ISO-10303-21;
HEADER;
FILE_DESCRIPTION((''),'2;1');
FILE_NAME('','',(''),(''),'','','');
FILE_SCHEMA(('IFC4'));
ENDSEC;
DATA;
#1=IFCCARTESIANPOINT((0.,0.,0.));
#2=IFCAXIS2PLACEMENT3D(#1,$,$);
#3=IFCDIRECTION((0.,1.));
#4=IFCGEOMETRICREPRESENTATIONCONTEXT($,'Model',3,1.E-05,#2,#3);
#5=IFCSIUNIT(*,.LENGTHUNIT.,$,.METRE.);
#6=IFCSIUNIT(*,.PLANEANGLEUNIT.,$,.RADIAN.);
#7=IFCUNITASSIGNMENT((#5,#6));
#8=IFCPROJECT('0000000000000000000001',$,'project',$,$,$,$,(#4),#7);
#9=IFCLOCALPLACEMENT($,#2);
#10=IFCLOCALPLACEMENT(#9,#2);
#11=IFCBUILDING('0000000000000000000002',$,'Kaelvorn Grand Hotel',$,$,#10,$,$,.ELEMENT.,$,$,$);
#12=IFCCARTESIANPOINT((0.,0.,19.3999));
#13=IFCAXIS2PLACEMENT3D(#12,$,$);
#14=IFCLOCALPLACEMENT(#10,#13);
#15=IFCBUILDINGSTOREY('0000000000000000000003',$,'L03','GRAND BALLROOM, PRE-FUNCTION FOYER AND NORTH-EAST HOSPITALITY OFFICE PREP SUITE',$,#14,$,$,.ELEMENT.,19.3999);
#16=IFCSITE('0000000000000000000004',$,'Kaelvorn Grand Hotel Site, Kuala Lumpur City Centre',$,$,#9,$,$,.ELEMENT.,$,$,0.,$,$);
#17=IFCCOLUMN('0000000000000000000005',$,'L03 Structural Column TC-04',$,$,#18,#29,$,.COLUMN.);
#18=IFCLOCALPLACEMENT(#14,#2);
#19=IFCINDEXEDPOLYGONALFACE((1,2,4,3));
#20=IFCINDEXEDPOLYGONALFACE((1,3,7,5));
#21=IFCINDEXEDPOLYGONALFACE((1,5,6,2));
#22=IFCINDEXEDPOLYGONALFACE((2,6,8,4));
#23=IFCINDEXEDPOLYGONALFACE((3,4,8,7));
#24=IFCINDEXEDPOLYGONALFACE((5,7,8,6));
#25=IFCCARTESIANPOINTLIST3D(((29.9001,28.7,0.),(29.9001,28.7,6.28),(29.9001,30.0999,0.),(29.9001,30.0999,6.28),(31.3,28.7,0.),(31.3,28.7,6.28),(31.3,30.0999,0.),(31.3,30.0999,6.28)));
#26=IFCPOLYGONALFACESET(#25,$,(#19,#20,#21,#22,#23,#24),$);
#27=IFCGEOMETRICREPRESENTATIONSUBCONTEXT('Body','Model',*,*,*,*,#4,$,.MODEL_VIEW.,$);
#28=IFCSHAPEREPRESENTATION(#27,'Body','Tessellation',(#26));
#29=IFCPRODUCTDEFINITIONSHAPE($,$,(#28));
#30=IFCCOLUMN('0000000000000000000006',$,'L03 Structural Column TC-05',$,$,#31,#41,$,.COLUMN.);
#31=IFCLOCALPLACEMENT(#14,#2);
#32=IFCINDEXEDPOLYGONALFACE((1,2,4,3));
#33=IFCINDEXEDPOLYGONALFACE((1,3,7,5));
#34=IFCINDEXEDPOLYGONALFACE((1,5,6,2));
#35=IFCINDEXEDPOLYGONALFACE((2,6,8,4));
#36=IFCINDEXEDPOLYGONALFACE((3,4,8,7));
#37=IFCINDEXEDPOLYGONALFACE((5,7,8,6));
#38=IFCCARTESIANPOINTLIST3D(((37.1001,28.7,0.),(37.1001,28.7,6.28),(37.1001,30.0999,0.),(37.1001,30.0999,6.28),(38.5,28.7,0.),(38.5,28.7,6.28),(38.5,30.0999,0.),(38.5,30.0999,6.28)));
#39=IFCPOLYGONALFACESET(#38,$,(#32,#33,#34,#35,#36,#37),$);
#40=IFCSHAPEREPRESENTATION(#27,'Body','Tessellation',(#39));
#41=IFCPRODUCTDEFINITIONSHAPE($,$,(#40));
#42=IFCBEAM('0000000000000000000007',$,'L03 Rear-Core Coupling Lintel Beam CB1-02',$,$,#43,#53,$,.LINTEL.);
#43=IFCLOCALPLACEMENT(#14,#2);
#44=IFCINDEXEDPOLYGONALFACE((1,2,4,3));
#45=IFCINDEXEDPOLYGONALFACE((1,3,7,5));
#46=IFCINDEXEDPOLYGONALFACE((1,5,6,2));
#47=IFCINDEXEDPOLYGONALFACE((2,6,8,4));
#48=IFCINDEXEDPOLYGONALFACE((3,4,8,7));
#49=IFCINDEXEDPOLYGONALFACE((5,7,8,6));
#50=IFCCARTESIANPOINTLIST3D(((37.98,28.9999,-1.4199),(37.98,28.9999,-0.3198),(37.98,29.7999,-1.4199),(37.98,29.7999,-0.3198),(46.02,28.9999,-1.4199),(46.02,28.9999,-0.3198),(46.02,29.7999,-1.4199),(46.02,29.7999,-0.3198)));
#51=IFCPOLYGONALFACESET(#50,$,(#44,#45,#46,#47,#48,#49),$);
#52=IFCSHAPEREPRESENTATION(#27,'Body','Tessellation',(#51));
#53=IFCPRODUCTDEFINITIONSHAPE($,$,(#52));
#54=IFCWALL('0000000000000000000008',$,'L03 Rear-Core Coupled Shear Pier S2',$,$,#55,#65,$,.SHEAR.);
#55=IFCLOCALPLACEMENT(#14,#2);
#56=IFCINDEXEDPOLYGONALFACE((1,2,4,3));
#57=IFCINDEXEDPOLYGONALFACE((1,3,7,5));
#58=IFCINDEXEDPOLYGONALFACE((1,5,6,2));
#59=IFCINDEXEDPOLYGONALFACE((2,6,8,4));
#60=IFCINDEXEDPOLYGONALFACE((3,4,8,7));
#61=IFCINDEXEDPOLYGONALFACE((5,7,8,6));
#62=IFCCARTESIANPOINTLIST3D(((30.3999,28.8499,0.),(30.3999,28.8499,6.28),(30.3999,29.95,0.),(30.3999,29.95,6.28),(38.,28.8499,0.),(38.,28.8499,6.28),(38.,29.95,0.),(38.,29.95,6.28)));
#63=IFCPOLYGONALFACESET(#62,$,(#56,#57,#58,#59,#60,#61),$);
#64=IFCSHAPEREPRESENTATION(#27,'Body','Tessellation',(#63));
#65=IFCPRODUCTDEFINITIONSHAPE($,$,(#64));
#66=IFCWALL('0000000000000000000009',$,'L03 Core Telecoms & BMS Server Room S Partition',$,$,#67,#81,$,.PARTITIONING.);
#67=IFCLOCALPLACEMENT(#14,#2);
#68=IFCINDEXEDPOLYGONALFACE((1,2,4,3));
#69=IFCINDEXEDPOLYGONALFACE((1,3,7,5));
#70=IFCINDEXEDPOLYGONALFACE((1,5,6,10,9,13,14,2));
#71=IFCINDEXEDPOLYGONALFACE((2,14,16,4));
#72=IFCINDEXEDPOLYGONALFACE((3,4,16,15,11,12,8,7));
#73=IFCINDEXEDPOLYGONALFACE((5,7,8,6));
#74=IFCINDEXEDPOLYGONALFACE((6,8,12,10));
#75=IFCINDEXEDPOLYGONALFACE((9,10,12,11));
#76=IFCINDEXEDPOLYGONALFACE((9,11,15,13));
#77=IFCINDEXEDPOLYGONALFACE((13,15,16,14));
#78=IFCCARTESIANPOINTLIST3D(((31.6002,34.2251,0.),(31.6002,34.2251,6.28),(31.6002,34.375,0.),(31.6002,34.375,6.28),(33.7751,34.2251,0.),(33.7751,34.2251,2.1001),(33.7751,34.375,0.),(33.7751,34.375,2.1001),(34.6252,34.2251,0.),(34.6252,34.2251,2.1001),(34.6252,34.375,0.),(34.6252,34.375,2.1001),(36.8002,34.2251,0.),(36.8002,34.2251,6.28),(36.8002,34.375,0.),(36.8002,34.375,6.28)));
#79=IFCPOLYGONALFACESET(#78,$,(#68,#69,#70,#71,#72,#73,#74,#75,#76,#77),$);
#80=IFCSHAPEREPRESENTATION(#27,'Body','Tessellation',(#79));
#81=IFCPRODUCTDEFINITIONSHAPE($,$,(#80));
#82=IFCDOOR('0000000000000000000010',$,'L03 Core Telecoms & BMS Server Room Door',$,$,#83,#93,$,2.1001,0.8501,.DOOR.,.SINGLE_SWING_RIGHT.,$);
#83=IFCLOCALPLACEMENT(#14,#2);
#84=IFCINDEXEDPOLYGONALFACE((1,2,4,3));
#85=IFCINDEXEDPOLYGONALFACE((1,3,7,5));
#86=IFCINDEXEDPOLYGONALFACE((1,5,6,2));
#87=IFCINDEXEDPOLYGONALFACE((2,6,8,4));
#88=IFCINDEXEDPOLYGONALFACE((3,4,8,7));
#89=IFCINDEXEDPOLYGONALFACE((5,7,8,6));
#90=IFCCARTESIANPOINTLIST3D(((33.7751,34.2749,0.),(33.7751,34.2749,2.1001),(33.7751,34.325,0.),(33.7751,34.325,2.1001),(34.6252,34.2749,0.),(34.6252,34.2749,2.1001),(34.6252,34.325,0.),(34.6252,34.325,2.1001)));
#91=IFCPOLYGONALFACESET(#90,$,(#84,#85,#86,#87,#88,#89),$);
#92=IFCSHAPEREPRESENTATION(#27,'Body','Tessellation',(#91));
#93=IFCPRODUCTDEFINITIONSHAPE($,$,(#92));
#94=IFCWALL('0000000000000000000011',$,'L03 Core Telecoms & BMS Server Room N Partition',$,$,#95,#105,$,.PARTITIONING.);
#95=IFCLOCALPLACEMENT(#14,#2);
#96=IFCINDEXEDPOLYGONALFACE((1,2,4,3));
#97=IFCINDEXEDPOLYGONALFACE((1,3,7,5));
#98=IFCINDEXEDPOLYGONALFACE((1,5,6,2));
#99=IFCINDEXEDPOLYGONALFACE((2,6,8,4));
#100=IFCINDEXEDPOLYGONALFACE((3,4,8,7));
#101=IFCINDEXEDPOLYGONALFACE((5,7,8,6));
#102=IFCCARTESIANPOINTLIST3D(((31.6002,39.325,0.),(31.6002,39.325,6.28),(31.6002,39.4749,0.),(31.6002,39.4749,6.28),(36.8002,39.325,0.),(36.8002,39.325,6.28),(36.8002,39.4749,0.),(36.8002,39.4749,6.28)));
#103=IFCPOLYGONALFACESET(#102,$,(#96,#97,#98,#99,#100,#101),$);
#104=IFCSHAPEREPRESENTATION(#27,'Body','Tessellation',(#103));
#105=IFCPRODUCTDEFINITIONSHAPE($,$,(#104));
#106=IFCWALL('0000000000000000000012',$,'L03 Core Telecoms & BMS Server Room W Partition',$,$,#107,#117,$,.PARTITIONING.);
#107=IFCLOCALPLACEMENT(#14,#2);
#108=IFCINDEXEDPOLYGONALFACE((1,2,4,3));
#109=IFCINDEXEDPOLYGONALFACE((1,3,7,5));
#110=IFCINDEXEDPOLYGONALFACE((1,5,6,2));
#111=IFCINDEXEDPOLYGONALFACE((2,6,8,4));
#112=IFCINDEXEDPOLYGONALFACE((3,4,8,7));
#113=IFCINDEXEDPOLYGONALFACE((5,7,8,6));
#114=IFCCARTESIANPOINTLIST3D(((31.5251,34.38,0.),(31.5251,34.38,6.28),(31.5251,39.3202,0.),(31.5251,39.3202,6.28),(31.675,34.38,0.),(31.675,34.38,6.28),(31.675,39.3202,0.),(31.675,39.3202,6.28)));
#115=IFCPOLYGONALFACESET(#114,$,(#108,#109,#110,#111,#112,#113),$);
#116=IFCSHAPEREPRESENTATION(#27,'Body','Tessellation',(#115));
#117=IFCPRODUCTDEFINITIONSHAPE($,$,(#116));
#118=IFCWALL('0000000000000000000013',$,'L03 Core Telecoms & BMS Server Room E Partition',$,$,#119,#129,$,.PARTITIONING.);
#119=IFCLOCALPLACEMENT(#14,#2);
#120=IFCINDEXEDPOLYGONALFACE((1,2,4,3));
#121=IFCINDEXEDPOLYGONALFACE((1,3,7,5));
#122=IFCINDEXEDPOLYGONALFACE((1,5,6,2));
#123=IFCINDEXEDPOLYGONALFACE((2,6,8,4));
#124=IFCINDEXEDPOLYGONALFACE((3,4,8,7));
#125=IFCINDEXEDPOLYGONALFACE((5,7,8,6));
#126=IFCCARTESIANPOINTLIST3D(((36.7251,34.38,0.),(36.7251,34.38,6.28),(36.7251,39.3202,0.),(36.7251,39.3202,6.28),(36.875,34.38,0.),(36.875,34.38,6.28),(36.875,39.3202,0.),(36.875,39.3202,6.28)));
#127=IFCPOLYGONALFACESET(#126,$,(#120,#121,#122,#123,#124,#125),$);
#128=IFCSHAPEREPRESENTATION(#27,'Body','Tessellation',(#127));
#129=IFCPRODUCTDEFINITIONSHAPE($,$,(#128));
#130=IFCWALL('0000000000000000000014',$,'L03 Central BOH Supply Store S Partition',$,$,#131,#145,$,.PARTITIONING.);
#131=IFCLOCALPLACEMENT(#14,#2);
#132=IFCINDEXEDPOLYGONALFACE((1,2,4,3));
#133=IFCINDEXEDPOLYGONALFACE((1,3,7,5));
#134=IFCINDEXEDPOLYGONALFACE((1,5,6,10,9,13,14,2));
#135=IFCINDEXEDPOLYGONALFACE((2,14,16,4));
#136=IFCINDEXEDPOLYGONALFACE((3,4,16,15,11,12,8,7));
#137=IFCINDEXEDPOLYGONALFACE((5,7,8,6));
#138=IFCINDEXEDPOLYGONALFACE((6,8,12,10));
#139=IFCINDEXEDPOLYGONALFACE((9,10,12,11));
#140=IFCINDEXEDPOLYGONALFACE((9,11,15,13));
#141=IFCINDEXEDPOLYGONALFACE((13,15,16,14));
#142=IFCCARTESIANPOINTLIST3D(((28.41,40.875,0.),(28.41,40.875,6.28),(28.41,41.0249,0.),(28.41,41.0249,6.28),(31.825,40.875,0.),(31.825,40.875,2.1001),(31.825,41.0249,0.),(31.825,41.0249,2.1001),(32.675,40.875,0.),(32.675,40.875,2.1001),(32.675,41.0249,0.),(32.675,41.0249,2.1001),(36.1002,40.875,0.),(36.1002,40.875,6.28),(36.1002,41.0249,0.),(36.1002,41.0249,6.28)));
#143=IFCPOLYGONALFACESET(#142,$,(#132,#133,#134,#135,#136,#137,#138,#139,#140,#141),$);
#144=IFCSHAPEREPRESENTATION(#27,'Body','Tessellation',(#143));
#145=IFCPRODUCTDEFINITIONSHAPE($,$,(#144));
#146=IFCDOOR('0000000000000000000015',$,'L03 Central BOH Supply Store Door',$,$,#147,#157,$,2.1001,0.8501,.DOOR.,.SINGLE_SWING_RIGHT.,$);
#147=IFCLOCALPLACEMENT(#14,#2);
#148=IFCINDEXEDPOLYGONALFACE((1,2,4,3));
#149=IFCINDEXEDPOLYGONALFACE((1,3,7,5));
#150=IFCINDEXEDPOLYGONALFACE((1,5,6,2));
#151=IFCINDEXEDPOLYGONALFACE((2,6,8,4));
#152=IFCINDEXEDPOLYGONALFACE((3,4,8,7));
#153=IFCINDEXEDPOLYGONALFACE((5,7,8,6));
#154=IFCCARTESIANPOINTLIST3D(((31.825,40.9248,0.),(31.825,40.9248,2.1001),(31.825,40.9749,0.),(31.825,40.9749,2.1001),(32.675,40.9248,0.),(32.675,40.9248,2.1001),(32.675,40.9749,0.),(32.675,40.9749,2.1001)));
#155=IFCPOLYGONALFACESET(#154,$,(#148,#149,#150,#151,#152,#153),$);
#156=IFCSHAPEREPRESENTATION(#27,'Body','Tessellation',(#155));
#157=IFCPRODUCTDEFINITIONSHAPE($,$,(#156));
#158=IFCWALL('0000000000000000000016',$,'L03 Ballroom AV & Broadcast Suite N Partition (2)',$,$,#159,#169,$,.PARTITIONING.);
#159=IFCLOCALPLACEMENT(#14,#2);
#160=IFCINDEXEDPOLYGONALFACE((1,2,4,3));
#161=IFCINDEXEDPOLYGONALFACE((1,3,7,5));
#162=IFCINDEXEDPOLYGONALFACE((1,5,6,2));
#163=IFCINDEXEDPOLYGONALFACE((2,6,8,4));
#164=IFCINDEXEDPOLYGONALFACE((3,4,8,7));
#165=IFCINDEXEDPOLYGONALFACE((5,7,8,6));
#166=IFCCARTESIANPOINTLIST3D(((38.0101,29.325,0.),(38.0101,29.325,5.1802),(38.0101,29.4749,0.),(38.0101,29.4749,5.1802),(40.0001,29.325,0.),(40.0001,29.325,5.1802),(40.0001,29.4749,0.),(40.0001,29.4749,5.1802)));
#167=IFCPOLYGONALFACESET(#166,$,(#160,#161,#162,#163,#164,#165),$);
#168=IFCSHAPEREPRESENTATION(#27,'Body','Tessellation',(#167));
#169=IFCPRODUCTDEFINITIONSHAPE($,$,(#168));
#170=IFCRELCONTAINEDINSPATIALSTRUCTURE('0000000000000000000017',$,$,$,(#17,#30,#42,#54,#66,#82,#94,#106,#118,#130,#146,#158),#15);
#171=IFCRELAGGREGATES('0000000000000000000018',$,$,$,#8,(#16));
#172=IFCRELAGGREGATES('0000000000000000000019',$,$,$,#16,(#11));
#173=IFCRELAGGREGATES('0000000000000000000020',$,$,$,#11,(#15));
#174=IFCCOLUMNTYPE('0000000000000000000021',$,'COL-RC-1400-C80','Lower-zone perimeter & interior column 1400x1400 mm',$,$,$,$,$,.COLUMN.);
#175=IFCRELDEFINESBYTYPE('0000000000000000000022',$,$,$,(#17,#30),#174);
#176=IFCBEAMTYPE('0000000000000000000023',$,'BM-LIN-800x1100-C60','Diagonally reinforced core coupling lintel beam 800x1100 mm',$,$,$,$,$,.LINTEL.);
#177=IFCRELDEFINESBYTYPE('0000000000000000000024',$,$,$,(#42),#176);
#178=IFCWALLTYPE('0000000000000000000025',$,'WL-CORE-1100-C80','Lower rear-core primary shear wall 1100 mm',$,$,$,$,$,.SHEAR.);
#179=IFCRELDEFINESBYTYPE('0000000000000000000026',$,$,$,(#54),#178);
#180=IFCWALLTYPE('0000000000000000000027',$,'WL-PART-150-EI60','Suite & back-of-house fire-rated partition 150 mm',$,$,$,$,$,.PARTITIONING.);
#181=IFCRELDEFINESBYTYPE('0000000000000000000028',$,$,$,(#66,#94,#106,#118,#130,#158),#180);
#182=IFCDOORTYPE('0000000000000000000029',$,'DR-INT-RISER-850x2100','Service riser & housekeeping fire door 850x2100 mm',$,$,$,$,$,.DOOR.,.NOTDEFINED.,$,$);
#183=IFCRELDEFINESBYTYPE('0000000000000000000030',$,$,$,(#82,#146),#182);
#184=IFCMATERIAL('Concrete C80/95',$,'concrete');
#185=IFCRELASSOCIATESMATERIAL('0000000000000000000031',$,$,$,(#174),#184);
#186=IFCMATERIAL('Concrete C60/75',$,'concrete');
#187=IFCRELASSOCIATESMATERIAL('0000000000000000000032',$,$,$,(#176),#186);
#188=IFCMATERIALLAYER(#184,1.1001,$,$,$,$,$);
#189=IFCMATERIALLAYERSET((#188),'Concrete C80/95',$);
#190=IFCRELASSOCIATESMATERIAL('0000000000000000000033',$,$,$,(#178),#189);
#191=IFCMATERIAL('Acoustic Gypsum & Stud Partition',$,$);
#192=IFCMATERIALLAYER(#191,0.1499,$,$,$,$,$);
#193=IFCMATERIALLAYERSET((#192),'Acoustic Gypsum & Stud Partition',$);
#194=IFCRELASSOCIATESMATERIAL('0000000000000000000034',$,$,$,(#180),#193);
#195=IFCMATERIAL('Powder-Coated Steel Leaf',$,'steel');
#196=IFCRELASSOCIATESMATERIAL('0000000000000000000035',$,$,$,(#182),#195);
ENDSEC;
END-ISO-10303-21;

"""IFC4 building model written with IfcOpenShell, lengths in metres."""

from ifc_helpers import new_model, si_unit, direction, frame, frame_2d, origin, origin_2d, place, context, subcontext, project, spatial, rectangle, extrude, material, layer, layer_set, material_profile, profile_set, type_object, element, fill, save


model = new_model("IFC4")

# Units and contexts
model_context = context("Model", 3, precision=1e-05, world=origin(), true_north=direction((0.0, 1.0)))
body_context = subcontext(model_context, "Body", "Model", "MODEL_VIEW")
ifc_project = project(units=[si_unit("LENGTHUNIT", "METRE"), si_unit("PLANEANGLEUNIT", "RADIAN")], contexts=[model_context])

# Site, building, storey
site_placement = place(None, origin())
site = spatial("IfcSite", under=ifc_project, at=site_placement, Name="Kaelvorn Grand Hotel Site, Kuala Lumpur City Centre", CompositionType="ELEMENT", RefElevation=0.0)
building_placement = place(site_placement, origin())
building = spatial("IfcBuilding", under=site, at=building_placement, Name="Kaelvorn Grand Hotel", CompositionType="ELEMENT")
storey_placement = place(building_placement, frame((0.0, 0.0, 19.3999)))
storey = spatial("IfcBuildingStorey", under=building, at=storey_placement, Name="L03", Description="GRAND BALLROOM, PRE-FUNCTION FOYER AND NORTH-EAST HOSPITALITY OFFICE PREP SUITE", CompositionType="ELEMENT", Elevation=19.3999)

# Columns
ifc_material_1 = material(Name="Concrete C80/95", Category="concrete")
ifc_material_profile_1 = material_profile(ifc_material_1, rectangle(XDim=1.3999, YDim=1.3999, at=origin_2d()), Name="RC COL 1400x1400")
ifc_profile_set_1 = profile_set([ifc_material_profile_1], Name="Concrete C80/95")
column_type = type_object("IfcColumnType", Name="COL-RC-1400-C80", Description="Lower-zone perimeter & interior column 1400x1400 mm", PredefinedType="COLUMN", material=ifc_profile_set_1)
for number, where, z_axis, x_axis, name in (
    (1, (30.6001, 29.3999, 0.0), (0.0, 0.0, 1.0), (1.0, 0.0, 0.0), "L03 Structural Column TC-04"),
    (2, (37.8, 29.3999, 0.0), (0.0, 0.0, 1.0), (1.0, 0.0, 0.0), "L03 Structural Column TC-05"),
):
    element("IfcColumn", number, at=place(storey_placement, frame(where, z_axis=z_axis, x_axis=x_axis)), inside=storey, type_object=column_type, Name=name, PredefinedType="COLUMN", context=body_context, shape_type="SweptSolid", body=[
        extrude(rectangle(XDim=1.3999, YDim=1.3999, at=origin_2d()), origin(), (0.0, 0.0, 1.0), 6.28),
    ])

# Beam
ifc_material_2 = material(Name="Concrete C60/75", Category="concrete")
ifc_material_profile_2 = material_profile(ifc_material_2, rectangle(XDim=0.8, YDim=1.1001, at=origin_2d()), Name="RC LINTEL 800x1100")
ifc_profile_set_2 = profile_set([ifc_material_profile_2], Name="Concrete C60/75")
beam_type = type_object("IfcBeamType", Name="BM-LIN-800x1100-C60", Description="Diagonally reinforced core coupling lintel beam 800x1100 mm", PredefinedType="LINTEL", material=ifc_profile_set_2)
beam_placement = place(storey_placement, frame((37.98, 29.3999, -0.8699), z_axis=(1.0, 0.0, 0.0), x_axis=(0.0, 1.0, 0.0)))
element("IfcBeam", 3, at=beam_placement, inside=storey, type_object=beam_type, Name="L03 Rear-Core Coupling Lintel Beam CB1-02", PredefinedType="LINTEL", context=body_context, shape_type="SweptSolid", body=[
    extrude(rectangle(XDim=0.8, YDim=1.1001, at=origin_2d()), origin(), (0.0, 0.0, 1.0), 8.04),
])

# Wall
ifc_layer_1 = layer(ifc_material_1, 1.1001)
ifc_layer_set_1 = layer_set([ifc_layer_1], Name="Concrete C80/95")
wall_type_1 = type_object("IfcWallType", Name="WL-CORE-1100-C80", Description="Lower rear-core primary shear wall 1100 mm", PredefinedType="SHEAR", material=ifc_layer_set_1)
wall_1_placement = place(storey_placement, frame((30.3999, 29.3999, 0.0), z_axis=(0.0, 0.0, 1.0), x_axis=(1.0, 0.0, 0.0)))
element("IfcWall", 4, at=wall_1_placement, inside=storey, type_object=wall_type_1, Name="L03 Rear-Core Coupled Shear Pier S2", PredefinedType="SHEAR", context=body_context, shape_type="SweptSolid", body=[
    extrude(rectangle(XDim=7.6001, YDim=1.1001, at=frame_2d((3.8, 0.0))), origin(), (0.0, 0.0, 1.0), 6.28),
])

# Wall, opening, door
ifc_material_3 = material(Name="Acoustic Gypsum & Stud Partition")
ifc_layer_2 = layer(ifc_material_3, 0.1499)
ifc_layer_set_2 = layer_set([ifc_layer_2], Name="Acoustic Gypsum & Stud Partition")
wall_type_2 = type_object("IfcWallType", Name="WL-PART-150-EI60", Description="Suite & back-of-house fire-rated partition 150 mm", PredefinedType="PARTITIONING", material=ifc_layer_set_2)
wall_2_placement = place(storey_placement, frame((31.6001, 34.3, 0.0), z_axis=(0.0, 0.0, 1.0), x_axis=(1.0, 0.0, 0.0)))
wall_2 = element("IfcWall", 5, at=wall_2_placement, inside=storey, type_object=wall_type_2, Name="L03 Core Telecoms & BMS Server Room S Partition", PredefinedType="PARTITIONING", context=body_context, shape_type="SweptSolid", body=[
    extrude(rectangle(XDim=5.2, YDim=0.1499, at=frame_2d((2.6001, 0.0))), origin(), (0.0, 0.0, 1.0), 6.28),
])
opening_1_placement = place(wall_2_placement, frame((2.175, 0.0, 0.0)))
opening_1 = element("IfcOpeningElement", 6, at=opening_1_placement, cuts=wall_2, PredefinedType="OPENING", context=body_context, shape_type="SweptSolid", body=[
    extrude(rectangle(XDim=0.8501, YDim=2.1001, at=frame_2d((0.425, 1.05))), frame((0.0, 0.085, 0.0), z_axis=(0.0, -1.0, 0.0), x_axis=(1.0, 0.0, 0.0)), (0.0, 0.0, 1.0), 0.1699),
])
ifc_material_4 = material(Name="Powder-Coated Steel Leaf", Category="steel")
door_type_1 = type_object("IfcDoorType", Name="DR-INT-RISER-850x2100", Description="Service riser & housekeeping fire door 850x2100 mm", OperationType="NOTDEFINED", PredefinedType="DOOR", material=ifc_material_4)
door_1_placement = place(opening_1_placement, origin())
door_1 = element("IfcDoor", 7, at=door_1_placement, inside=storey, type_object=door_type_1, Name="L03 Core Telecoms & BMS Server Room Door", OperationType="SINGLE_SWING_RIGHT", OverallHeight=2.1001, OverallWidth=0.8501, PredefinedType="DOOR", context=body_context, shape_type="SweptSolid", body=[
    extrude(rectangle(XDim=0.8501, YDim=2.1001, at=frame_2d((0.425, 1.05))), frame((0.0, 0.0249, 0.0), z_axis=(0.0, -1.0, 0.0), x_axis=(1.0, 0.0, 0.0)), (0.0, 0.0, 1.0), 0.05),
])
fill(opening_1, door_1)

# Walls
wall_3_placement = place(storey_placement, frame((31.6001, 39.3999, 0.0), z_axis=(0.0, 0.0, 1.0), x_axis=(1.0, 0.0, 0.0)))
element("IfcWall", 8, at=wall_3_placement, inside=storey, type_object=wall_type_2, Name="L03 Core Telecoms & BMS Server Room N Partition", PredefinedType="PARTITIONING", context=body_context, shape_type="SweptSolid", body=[
    extrude(rectangle(XDim=5.2, YDim=0.1499, at=frame_2d((2.6001, 0.0))), origin(), (0.0, 0.0, 1.0), 6.28),
])
for number, where, z_axis, x_axis, name in (
    (9, (31.6001, 34.3799, 0.0), (0.0, 0.0, 1.0), (0.0, 1.0, 0.0), "L03 Core Telecoms & BMS Server Room W Partition"),
    (10, (36.8, 34.3799, 0.0), (0.0, 0.0, 1.0), (0.0, 1.0, 0.0), "L03 Core Telecoms & BMS Server Room E Partition"),
):
    element("IfcWall", number, at=place(storey_placement, frame(where, z_axis=z_axis, x_axis=x_axis)), inside=storey, type_object=wall_type_2, Name=name, PredefinedType="PARTITIONING", context=body_context, shape_type="SweptSolid", body=[
        extrude(rectangle(XDim=4.9402, YDim=0.1499, at=frame_2d((2.4702, 0.0))), origin(), (0.0, 0.0, 1.0), 6.28),
    ])

# Wall, opening, door
wall_4_placement = place(storey_placement, frame((28.4099, 40.95, 0.0), z_axis=(0.0, 0.0, 1.0), x_axis=(1.0, 0.0, 0.0)))
wall_4 = element("IfcWall", 11, at=wall_4_placement, inside=storey, type_object=wall_type_2, Name="L03 Central BOH Supply Store S Partition", PredefinedType="PARTITIONING", context=body_context, shape_type="SweptSolid", body=[
    extrude(rectangle(XDim=7.6902, YDim=0.1499, at=frame_2d((3.8452, 0.0))), origin(), (0.0, 0.0, 1.0), 6.28),
])
opening_2_placement = place(wall_4_placement, frame((3.415, 0.0, 0.0)))
opening_2 = element("IfcOpeningElement", 12, at=opening_2_placement, cuts=wall_4, PredefinedType="OPENING", context=body_context, shape_type="SweptSolid", body=[
    extrude(rectangle(XDim=0.8501, YDim=2.1001, at=frame_2d((0.425, 1.05))), frame((0.0, 0.085, 0.0), z_axis=(0.0, -1.0, 0.0), x_axis=(1.0, 0.0, 0.0)), (0.0, 0.0, 1.0), 0.1699),
])
door_2_placement = place(opening_2_placement, origin())
door_2 = element("IfcDoor", 13, at=door_2_placement, inside=storey, type_object=door_type_1, Name="L03 Central BOH Supply Store Door", OperationType="SINGLE_SWING_RIGHT", OverallHeight=2.1001, OverallWidth=0.8501, PredefinedType="DOOR", context=body_context, shape_type="SweptSolid", body=[
    extrude(rectangle(XDim=0.8501, YDim=2.1001, at=frame_2d((0.425, 1.05))), frame((0.0, 0.0249, 0.0), z_axis=(0.0, -1.0, 0.0), x_axis=(1.0, 0.0, 0.0)), (0.0, 0.0, 1.0), 0.05),
])
fill(opening_2, door_2)

# Wall
wall_5_placement = place(storey_placement, frame((38.01, 29.3999, 0.0), z_axis=(0.0, 0.0, 1.0), x_axis=(1.0, 0.0, 0.0)))
element("IfcWall", 14, at=wall_5_placement, inside=storey, type_object=wall_type_2, Name="L03 Ballroom AV & Broadcast Suite N Partition (2)", PredefinedType="PARTITIONING", context=body_context, shape_type="SweptSolid", body=[
    extrude(rectangle(XDim=1.99, YDim=0.1499, at=frame_2d((0.9951, 0.0))), origin(), (0.0, 0.0, 1.0), 5.1802),
])

save(model, "model.ifc")
